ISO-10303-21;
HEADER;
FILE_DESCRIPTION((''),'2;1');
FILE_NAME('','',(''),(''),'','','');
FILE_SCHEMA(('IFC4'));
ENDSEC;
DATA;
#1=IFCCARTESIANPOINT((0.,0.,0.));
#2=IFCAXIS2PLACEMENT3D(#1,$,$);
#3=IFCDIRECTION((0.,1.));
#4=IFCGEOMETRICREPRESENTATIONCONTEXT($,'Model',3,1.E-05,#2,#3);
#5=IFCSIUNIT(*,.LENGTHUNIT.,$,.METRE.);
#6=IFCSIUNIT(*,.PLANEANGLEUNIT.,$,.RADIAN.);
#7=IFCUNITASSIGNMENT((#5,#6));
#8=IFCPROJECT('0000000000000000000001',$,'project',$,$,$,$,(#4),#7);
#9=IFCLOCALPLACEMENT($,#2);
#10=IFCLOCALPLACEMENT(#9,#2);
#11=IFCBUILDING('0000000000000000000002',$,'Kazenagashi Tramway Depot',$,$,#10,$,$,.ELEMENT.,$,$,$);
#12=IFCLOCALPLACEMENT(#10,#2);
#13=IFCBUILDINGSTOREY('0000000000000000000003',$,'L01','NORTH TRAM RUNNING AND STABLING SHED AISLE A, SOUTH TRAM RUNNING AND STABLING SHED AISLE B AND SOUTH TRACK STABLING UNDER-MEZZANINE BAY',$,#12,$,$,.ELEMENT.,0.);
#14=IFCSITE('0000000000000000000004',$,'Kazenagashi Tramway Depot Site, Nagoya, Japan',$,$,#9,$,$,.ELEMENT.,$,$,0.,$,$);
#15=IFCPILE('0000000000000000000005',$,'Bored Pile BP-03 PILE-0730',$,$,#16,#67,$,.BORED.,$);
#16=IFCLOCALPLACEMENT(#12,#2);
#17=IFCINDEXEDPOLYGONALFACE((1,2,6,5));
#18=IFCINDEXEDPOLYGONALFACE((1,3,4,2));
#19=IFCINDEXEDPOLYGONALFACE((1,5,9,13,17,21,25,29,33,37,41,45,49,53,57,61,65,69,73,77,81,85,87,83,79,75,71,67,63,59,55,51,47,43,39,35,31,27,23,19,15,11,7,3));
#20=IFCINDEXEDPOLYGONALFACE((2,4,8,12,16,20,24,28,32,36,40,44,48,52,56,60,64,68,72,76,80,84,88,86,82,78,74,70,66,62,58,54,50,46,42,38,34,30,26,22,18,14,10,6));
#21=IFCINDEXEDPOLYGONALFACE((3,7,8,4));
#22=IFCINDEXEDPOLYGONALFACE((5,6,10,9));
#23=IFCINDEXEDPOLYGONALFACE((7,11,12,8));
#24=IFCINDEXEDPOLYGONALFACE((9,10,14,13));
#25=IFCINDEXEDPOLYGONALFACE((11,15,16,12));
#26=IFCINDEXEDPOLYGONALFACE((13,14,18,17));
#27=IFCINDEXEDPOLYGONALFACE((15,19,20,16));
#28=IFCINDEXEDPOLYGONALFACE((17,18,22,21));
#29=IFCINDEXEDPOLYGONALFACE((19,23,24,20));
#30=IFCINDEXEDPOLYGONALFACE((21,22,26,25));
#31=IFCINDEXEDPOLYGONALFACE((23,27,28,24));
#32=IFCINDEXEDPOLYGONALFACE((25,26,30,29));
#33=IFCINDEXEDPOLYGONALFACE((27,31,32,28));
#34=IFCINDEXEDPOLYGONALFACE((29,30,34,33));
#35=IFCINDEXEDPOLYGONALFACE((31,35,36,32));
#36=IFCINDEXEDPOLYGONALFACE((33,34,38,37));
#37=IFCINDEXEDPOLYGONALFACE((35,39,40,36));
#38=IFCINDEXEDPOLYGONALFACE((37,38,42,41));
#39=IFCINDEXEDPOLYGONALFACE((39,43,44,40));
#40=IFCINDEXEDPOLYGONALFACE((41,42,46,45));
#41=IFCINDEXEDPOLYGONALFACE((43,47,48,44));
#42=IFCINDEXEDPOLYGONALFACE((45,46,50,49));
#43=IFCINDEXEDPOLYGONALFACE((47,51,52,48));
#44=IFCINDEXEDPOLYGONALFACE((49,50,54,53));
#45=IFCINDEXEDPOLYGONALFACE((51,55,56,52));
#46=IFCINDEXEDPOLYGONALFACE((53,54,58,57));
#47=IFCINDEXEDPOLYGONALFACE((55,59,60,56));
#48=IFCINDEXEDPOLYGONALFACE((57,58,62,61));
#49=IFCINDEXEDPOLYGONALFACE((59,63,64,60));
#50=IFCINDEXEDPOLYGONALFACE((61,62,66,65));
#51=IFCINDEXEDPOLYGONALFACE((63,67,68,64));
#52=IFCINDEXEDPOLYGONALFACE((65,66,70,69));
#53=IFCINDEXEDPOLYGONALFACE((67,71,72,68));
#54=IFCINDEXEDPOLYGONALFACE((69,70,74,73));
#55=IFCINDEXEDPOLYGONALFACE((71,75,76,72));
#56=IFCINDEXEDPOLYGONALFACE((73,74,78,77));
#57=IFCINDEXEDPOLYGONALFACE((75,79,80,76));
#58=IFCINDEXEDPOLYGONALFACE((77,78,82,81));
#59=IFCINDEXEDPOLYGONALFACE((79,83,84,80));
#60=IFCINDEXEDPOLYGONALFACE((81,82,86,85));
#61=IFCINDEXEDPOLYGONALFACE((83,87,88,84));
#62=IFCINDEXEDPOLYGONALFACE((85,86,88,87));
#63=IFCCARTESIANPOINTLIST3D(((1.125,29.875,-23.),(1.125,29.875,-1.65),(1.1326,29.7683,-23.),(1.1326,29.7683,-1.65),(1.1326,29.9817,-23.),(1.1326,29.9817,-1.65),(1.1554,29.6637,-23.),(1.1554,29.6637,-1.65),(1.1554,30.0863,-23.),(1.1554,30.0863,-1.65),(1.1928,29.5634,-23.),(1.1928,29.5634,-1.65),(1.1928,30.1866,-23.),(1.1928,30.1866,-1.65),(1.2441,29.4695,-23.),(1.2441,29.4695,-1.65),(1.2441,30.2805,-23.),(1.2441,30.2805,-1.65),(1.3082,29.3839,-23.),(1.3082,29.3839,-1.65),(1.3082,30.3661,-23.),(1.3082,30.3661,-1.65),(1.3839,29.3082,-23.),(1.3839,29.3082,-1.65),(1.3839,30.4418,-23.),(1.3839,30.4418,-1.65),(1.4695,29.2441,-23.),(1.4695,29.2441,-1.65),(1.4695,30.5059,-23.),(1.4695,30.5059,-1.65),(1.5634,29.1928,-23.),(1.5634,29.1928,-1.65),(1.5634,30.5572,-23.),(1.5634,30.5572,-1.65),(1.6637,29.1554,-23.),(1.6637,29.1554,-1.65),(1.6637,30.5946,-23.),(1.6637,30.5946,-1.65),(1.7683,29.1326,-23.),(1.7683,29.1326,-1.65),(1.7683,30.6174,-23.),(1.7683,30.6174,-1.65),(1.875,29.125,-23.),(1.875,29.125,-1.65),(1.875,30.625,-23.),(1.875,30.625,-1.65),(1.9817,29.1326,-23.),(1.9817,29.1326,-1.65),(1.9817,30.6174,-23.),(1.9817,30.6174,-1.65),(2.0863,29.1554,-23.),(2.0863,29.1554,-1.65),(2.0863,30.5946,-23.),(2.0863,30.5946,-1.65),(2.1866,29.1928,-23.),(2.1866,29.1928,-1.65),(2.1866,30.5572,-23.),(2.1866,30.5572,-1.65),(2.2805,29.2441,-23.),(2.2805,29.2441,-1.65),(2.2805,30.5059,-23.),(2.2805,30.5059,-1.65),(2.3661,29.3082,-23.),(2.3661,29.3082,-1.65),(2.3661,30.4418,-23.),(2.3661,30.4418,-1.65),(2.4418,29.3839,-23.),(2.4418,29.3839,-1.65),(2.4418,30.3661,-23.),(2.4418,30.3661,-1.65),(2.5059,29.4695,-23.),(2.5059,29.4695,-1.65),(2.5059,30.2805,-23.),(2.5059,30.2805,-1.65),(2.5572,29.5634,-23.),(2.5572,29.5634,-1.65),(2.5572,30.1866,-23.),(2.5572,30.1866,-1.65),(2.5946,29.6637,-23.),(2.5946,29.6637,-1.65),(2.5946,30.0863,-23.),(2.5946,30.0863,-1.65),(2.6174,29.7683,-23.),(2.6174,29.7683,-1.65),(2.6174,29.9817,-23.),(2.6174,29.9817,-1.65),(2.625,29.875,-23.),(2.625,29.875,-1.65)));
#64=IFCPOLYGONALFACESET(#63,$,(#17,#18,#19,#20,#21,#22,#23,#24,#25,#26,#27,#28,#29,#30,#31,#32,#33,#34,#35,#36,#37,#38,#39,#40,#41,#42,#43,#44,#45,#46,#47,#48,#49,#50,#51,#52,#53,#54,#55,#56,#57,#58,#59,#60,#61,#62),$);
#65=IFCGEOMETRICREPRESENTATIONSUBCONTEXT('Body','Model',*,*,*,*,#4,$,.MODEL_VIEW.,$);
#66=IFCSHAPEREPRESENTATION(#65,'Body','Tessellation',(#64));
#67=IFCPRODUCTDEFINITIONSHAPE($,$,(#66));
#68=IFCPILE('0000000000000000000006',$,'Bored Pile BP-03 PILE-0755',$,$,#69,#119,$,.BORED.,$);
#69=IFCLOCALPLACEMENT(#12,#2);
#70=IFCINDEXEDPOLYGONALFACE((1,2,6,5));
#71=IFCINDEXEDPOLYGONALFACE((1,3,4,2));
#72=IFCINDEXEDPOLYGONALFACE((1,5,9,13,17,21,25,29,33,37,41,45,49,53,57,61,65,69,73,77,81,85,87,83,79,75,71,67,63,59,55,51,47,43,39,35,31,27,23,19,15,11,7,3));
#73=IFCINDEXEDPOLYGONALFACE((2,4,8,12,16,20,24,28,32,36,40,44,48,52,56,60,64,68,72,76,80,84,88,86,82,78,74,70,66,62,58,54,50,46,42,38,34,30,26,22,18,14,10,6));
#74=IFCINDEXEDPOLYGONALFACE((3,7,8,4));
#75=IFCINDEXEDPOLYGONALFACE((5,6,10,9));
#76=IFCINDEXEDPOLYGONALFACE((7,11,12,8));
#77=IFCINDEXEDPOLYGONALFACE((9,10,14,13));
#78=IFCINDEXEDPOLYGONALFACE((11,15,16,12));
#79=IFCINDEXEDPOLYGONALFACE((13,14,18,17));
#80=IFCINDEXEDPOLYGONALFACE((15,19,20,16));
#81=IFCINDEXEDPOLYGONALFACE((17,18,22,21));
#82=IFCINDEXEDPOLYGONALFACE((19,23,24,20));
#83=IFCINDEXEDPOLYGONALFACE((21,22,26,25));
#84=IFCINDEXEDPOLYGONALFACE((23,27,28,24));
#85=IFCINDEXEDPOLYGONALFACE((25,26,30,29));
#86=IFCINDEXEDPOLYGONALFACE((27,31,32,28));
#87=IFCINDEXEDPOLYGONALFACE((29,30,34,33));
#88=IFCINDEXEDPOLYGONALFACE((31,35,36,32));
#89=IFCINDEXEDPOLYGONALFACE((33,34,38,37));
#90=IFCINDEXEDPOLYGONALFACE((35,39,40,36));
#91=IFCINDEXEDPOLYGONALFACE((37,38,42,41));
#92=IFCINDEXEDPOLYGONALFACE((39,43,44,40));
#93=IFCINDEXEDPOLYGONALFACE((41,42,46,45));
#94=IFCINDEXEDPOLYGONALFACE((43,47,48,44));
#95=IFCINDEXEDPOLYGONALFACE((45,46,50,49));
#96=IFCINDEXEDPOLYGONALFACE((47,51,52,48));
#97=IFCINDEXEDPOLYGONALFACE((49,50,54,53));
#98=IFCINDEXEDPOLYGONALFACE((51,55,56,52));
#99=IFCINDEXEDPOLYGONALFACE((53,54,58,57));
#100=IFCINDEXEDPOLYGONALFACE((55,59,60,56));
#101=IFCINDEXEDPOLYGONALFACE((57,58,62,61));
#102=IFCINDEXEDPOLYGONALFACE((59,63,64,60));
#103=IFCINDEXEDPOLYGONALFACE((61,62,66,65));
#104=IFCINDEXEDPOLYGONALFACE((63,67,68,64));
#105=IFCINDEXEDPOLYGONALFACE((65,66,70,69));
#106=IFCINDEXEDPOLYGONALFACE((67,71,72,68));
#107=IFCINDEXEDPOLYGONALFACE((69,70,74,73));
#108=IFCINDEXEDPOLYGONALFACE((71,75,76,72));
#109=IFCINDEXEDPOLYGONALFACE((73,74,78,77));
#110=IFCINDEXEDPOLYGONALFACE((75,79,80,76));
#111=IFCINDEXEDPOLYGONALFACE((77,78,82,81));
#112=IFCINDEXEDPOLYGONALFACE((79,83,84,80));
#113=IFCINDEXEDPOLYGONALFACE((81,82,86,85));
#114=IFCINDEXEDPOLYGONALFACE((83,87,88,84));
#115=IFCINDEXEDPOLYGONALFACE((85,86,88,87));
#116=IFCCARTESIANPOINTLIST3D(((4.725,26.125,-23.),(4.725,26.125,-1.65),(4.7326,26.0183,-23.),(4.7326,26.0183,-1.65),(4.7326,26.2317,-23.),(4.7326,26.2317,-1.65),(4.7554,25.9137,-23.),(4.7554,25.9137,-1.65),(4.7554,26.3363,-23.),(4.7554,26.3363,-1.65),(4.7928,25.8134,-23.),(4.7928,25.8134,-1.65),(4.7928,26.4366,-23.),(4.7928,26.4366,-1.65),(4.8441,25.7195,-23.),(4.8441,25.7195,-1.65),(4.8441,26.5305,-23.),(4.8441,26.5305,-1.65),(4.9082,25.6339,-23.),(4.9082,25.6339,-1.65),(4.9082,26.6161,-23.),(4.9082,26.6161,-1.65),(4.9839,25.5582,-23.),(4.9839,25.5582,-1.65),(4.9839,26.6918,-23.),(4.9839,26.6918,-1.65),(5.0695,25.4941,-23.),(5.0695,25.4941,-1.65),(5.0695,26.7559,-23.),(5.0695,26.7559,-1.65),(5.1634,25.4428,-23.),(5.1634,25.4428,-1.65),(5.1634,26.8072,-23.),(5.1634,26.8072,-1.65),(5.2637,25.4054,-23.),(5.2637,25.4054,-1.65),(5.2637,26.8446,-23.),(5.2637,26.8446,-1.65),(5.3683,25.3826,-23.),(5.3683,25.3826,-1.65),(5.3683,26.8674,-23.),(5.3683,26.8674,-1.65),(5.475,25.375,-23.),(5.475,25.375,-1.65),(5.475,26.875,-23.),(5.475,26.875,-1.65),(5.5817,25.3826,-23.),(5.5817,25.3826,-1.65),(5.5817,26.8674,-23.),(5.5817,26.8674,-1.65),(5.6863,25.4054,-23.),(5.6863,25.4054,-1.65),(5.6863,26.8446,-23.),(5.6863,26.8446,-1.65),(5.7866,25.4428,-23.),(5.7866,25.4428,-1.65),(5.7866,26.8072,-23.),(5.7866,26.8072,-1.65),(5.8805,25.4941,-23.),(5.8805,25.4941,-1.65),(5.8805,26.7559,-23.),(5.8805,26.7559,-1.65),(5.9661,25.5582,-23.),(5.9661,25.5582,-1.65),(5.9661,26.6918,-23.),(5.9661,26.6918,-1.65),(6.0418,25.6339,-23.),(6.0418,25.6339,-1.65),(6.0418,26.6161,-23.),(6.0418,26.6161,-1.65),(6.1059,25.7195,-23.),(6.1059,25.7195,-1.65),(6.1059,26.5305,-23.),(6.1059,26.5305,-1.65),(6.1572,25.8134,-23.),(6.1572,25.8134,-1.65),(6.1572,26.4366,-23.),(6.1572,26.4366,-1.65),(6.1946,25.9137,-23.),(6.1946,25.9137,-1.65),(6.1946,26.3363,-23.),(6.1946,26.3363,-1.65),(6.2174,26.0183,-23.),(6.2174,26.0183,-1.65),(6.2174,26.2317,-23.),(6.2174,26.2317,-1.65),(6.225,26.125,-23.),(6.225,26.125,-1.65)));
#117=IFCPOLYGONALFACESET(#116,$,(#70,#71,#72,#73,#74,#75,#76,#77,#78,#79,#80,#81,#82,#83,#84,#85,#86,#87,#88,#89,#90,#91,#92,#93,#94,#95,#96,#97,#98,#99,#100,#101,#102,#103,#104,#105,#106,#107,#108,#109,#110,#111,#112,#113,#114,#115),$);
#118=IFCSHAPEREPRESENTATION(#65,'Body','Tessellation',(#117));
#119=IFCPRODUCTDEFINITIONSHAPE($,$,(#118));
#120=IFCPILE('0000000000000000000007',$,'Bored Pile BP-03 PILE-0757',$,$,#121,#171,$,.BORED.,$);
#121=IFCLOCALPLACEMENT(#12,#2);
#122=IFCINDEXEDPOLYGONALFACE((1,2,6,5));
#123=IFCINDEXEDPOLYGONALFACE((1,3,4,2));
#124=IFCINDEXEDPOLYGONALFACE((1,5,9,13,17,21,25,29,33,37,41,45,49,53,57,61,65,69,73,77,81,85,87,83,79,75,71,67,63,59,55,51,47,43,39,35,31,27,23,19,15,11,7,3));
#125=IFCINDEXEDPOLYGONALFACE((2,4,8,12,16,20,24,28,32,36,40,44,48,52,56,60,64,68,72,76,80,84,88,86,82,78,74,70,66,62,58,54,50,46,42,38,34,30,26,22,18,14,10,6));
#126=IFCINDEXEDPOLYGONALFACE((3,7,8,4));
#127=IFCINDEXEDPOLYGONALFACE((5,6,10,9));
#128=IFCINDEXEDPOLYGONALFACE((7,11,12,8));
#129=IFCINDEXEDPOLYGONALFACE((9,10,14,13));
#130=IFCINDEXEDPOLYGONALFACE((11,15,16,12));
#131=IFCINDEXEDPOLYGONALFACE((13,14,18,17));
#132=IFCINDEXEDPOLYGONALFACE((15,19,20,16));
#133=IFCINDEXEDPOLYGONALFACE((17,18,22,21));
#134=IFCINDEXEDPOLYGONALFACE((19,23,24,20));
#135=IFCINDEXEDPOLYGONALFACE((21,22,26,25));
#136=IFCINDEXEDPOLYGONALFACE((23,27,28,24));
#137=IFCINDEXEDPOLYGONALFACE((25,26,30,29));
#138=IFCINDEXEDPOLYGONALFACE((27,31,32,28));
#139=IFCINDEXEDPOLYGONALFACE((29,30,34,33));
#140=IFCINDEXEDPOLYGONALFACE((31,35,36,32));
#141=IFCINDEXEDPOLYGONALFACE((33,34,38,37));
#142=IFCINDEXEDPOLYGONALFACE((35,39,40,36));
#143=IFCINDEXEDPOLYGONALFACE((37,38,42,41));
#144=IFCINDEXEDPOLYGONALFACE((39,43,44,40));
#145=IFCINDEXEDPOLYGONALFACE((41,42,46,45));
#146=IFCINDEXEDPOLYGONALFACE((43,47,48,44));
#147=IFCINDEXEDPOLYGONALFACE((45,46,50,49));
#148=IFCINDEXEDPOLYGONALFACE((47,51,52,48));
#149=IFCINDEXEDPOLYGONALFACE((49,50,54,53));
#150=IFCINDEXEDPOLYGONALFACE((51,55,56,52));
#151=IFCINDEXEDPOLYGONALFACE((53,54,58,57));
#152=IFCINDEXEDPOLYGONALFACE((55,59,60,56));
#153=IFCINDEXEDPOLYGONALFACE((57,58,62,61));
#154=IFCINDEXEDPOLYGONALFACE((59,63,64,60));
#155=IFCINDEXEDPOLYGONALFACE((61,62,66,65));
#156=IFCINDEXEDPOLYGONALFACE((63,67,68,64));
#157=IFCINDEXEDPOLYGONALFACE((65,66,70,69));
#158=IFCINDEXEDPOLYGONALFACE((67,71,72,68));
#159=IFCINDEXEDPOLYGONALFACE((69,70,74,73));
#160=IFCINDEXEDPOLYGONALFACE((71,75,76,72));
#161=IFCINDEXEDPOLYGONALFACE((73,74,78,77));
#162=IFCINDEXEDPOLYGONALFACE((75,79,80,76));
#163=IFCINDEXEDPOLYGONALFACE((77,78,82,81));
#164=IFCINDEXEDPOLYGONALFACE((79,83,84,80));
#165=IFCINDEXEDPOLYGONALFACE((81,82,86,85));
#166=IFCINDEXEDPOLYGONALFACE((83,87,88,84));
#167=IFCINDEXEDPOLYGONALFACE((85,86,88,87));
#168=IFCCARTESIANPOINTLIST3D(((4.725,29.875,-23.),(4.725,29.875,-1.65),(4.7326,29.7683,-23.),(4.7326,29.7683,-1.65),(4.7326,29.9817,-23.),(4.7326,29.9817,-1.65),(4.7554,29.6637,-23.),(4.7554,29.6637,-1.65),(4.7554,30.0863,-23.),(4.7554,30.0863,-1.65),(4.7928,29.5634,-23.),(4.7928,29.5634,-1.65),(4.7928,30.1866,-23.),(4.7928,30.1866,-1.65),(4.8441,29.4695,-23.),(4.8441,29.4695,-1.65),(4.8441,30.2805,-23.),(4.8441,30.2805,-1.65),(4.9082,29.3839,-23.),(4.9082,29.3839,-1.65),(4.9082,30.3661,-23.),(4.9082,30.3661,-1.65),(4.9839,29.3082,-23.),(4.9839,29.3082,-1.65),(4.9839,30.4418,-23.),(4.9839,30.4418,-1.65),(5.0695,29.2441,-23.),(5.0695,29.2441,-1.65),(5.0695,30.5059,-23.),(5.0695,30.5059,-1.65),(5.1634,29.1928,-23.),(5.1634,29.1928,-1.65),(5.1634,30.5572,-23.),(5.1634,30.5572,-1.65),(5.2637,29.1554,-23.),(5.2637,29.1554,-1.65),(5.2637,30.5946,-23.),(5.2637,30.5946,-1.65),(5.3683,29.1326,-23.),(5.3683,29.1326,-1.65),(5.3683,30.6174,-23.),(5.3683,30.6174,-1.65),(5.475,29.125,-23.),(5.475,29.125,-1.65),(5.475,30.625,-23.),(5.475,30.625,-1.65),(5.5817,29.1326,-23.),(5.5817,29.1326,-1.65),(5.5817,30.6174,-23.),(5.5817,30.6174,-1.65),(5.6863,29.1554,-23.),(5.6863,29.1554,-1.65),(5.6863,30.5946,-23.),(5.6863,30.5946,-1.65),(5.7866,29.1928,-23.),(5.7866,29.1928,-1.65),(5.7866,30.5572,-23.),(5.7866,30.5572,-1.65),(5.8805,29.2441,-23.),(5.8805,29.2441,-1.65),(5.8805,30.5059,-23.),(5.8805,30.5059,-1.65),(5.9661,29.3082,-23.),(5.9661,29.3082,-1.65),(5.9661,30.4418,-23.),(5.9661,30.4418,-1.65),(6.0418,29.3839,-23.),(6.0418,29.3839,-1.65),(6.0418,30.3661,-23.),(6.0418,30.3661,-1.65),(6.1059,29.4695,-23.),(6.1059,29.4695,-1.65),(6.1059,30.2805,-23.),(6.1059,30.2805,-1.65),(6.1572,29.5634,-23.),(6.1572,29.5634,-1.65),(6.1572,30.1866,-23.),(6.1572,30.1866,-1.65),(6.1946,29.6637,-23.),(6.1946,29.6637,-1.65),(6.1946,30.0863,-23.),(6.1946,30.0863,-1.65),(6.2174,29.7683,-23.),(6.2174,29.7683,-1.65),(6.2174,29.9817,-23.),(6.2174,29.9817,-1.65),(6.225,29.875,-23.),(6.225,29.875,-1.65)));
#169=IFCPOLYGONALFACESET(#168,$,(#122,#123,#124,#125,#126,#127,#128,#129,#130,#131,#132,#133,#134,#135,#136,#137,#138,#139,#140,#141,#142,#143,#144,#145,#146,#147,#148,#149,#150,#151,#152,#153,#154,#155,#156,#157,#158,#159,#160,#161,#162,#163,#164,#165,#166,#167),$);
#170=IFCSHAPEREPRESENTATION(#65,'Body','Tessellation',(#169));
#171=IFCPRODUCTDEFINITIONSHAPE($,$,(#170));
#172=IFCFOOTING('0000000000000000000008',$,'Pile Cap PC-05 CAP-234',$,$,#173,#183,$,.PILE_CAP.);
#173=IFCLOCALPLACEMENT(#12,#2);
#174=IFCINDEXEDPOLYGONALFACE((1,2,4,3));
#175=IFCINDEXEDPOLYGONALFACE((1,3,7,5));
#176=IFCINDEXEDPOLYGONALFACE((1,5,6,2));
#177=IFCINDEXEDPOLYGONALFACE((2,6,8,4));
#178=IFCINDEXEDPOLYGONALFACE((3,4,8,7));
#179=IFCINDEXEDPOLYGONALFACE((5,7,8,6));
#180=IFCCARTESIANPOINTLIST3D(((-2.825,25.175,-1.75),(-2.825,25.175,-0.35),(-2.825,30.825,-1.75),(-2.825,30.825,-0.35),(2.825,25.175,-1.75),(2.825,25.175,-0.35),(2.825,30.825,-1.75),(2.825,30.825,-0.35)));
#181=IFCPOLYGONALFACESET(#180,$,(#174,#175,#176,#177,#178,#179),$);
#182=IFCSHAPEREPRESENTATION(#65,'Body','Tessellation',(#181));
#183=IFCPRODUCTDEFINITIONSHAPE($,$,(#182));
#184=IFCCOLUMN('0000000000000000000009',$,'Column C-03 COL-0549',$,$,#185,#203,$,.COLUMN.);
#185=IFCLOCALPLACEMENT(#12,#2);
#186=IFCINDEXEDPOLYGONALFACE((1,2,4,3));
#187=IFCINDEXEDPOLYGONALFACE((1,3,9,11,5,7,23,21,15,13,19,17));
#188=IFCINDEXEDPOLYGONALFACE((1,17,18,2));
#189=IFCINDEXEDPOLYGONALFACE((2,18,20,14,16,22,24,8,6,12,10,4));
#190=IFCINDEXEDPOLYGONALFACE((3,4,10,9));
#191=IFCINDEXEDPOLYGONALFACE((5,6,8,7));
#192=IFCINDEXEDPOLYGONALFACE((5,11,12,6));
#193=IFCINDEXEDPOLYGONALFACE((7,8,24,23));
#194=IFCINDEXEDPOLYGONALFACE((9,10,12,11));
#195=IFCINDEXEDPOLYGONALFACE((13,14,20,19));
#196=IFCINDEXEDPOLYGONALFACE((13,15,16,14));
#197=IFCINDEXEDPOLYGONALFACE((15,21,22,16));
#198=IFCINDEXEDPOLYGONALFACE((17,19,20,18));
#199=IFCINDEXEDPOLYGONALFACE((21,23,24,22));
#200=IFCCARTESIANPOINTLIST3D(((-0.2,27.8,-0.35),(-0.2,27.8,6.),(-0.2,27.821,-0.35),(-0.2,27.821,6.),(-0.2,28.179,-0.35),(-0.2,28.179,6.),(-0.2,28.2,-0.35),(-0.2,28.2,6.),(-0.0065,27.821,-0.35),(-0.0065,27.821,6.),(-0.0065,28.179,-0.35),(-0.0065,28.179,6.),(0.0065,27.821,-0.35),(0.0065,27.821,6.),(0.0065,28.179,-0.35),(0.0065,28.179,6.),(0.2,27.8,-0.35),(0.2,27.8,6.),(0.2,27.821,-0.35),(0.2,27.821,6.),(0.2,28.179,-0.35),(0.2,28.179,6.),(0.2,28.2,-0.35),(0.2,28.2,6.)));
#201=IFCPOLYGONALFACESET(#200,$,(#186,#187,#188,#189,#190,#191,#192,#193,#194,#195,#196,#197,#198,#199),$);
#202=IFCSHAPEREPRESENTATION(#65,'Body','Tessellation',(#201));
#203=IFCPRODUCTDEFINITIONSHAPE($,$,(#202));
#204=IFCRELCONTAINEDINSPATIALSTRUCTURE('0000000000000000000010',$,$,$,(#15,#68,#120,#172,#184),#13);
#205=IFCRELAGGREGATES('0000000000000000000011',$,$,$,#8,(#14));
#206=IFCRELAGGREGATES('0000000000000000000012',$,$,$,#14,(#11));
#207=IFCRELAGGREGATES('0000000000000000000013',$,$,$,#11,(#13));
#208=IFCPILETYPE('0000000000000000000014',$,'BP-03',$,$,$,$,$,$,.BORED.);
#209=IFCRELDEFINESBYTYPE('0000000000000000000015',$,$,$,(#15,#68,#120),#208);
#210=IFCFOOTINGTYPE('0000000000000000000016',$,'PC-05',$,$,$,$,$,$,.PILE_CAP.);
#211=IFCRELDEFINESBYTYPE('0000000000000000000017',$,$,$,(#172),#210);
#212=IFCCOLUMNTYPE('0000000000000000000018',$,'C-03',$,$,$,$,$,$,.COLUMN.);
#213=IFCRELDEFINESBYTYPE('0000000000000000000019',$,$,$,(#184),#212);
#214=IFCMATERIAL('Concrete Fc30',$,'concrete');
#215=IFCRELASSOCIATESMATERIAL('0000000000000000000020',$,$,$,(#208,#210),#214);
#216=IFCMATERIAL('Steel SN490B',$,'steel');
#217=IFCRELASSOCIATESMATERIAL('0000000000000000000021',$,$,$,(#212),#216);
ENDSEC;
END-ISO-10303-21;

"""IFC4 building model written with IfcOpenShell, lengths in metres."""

from ifc_helpers import new_model, si_unit, direction, frame, origin, origin_2d, place, context, subcontext, project, spatial, rectangle, circle, i_section, extrude, material, material_profile, profile_set, type_object, element, save


model = new_model("IFC4")

# Units and contexts
model_context = context("Model", 3, precision=1e-05, world=origin(), true_north=direction((0.0, 1.0)))
body_context = subcontext(model_context, "Body", "Model", "MODEL_VIEW")
ifc_project = project(units=[si_unit("LENGTHUNIT", "METRE"), si_unit("PLANEANGLEUNIT", "RADIAN")], contexts=[model_context])

# Site, building, storey
site_placement = place(None, origin())
site = spatial("IfcSite", under=ifc_project, at=site_placement, Name="Kazenagashi Tramway Depot Site, Nagoya, Japan", CompositionType="ELEMENT", RefElevation=0.0)
building_placement = place(site_placement, origin())
building = spatial("IfcBuilding", under=site, at=building_placement, Name="Kazenagashi Tramway Depot", CompositionType="ELEMENT")
storey_placement = place(building_placement, origin())
storey = spatial("IfcBuildingStorey", under=building, at=storey_placement, Name="L01", Description="NORTH TRAM RUNNING AND STABLING SHED AISLE A, SOUTH TRAM RUNNING AND STABLING SHED AISLE B AND SOUTH TRACK STABLING UNDER-MEZZANINE BAY", CompositionType="ELEMENT", Elevation=0.0)

# Piles
ifc_material_1 = material(Name="Concrete Fc30", Category="concrete")
ifc_material_profile_1 = material_profile(ifc_material_1, circle(Radius=0.75, at=origin_2d()), Name="PILE-1500")
ifc_profile_set_1 = profile_set([ifc_material_profile_1], Name="Concrete Fc30")
pile_type = type_object("IfcPileType", Name="BP-03", PredefinedType="BORED", material=ifc_profile_set_1)
for number, where, z_axis, x_axis, name in (
    (1, (1.875, 29.875, -1.65), (0.0, 0.0, -1.0), (1.0, 0.0, 0.0), "Bored Pile BP-03 PILE-0730"),
    (2, (5.475, 26.125, -1.65), (0.0, 0.0, -1.0), (1.0, 0.0, 0.0), "Bored Pile BP-03 PILE-0755"),
    (3, (5.475, 29.875, -1.65), (0.0, 0.0, -1.0), (1.0, 0.0, 0.0), "Bored Pile BP-03 PILE-0757"),
):
    element("IfcPile", number, at=place(storey_placement, frame(where, z_axis=z_axis, x_axis=x_axis)), inside=storey, type_object=pile_type, Name=name, PredefinedType="BORED", context=body_context, shape_type="SweptSolid", body=[
        extrude(circle(Radius=0.75, at=origin_2d()), origin(), (0.0, 0.0, 1.0), 21.35),
    ])

# Footing
footing_type = type_object("IfcFootingType", Name="PC-05", PredefinedType="PILE_CAP", material=ifc_material_1)
footing_placement = place(storey_placement, frame((0.0, 28.0, -1.75), z_axis=(0.0, 0.0, 1.0), x_axis=(1.0, 0.0, 0.0)))
element("IfcFooting", 4, at=footing_placement, inside=storey, type_object=footing_type, Name="Pile Cap PC-05 CAP-234", PredefinedType="PILE_CAP", context=body_context, shape_type="SweptSolid", body=[
    extrude(rectangle(XDim=5.65, YDim=5.65, at=origin_2d()), origin(), (0.0, 0.0, 1.0), 1.4),
])

# Column
ifc_material_2 = material(Name="Steel SN490B", Category="steel")
ifc_material_profile_2 = material_profile(ifc_material_2, i_section(OverallWidth=0.4, OverallDepth=0.4, WebThickness=0.013, FlangeThickness=0.021, at=origin_2d()), Name="H-400x400x13x21")
ifc_profile_set_2 = profile_set([ifc_material_profile_2], Name="Steel SN490B")
column_type = type_object("IfcColumnType", Name="C-03", PredefinedType="COLUMN", material=ifc_profile_set_2)
column_placement = place(storey_placement, frame((0.0, 28.0, -0.35), z_axis=(0.0, 0.0, 1.0), x_axis=(1.0, 0.0, 0.0)))
element("IfcColumn", 5, at=column_placement, inside=storey, type_object=column_type, Name="Column C-03 COL-0549", PredefinedType="COLUMN", context=body_context, shape_type="SweptSolid", body=[
    extrude(i_section(OverallWidth=0.4, OverallDepth=0.4, WebThickness=0.013, FlangeThickness=0.021, at=origin_2d()), origin(), (0.0, 0.0, 1.0), 6.35),
])

save(model, "model.ifc")
